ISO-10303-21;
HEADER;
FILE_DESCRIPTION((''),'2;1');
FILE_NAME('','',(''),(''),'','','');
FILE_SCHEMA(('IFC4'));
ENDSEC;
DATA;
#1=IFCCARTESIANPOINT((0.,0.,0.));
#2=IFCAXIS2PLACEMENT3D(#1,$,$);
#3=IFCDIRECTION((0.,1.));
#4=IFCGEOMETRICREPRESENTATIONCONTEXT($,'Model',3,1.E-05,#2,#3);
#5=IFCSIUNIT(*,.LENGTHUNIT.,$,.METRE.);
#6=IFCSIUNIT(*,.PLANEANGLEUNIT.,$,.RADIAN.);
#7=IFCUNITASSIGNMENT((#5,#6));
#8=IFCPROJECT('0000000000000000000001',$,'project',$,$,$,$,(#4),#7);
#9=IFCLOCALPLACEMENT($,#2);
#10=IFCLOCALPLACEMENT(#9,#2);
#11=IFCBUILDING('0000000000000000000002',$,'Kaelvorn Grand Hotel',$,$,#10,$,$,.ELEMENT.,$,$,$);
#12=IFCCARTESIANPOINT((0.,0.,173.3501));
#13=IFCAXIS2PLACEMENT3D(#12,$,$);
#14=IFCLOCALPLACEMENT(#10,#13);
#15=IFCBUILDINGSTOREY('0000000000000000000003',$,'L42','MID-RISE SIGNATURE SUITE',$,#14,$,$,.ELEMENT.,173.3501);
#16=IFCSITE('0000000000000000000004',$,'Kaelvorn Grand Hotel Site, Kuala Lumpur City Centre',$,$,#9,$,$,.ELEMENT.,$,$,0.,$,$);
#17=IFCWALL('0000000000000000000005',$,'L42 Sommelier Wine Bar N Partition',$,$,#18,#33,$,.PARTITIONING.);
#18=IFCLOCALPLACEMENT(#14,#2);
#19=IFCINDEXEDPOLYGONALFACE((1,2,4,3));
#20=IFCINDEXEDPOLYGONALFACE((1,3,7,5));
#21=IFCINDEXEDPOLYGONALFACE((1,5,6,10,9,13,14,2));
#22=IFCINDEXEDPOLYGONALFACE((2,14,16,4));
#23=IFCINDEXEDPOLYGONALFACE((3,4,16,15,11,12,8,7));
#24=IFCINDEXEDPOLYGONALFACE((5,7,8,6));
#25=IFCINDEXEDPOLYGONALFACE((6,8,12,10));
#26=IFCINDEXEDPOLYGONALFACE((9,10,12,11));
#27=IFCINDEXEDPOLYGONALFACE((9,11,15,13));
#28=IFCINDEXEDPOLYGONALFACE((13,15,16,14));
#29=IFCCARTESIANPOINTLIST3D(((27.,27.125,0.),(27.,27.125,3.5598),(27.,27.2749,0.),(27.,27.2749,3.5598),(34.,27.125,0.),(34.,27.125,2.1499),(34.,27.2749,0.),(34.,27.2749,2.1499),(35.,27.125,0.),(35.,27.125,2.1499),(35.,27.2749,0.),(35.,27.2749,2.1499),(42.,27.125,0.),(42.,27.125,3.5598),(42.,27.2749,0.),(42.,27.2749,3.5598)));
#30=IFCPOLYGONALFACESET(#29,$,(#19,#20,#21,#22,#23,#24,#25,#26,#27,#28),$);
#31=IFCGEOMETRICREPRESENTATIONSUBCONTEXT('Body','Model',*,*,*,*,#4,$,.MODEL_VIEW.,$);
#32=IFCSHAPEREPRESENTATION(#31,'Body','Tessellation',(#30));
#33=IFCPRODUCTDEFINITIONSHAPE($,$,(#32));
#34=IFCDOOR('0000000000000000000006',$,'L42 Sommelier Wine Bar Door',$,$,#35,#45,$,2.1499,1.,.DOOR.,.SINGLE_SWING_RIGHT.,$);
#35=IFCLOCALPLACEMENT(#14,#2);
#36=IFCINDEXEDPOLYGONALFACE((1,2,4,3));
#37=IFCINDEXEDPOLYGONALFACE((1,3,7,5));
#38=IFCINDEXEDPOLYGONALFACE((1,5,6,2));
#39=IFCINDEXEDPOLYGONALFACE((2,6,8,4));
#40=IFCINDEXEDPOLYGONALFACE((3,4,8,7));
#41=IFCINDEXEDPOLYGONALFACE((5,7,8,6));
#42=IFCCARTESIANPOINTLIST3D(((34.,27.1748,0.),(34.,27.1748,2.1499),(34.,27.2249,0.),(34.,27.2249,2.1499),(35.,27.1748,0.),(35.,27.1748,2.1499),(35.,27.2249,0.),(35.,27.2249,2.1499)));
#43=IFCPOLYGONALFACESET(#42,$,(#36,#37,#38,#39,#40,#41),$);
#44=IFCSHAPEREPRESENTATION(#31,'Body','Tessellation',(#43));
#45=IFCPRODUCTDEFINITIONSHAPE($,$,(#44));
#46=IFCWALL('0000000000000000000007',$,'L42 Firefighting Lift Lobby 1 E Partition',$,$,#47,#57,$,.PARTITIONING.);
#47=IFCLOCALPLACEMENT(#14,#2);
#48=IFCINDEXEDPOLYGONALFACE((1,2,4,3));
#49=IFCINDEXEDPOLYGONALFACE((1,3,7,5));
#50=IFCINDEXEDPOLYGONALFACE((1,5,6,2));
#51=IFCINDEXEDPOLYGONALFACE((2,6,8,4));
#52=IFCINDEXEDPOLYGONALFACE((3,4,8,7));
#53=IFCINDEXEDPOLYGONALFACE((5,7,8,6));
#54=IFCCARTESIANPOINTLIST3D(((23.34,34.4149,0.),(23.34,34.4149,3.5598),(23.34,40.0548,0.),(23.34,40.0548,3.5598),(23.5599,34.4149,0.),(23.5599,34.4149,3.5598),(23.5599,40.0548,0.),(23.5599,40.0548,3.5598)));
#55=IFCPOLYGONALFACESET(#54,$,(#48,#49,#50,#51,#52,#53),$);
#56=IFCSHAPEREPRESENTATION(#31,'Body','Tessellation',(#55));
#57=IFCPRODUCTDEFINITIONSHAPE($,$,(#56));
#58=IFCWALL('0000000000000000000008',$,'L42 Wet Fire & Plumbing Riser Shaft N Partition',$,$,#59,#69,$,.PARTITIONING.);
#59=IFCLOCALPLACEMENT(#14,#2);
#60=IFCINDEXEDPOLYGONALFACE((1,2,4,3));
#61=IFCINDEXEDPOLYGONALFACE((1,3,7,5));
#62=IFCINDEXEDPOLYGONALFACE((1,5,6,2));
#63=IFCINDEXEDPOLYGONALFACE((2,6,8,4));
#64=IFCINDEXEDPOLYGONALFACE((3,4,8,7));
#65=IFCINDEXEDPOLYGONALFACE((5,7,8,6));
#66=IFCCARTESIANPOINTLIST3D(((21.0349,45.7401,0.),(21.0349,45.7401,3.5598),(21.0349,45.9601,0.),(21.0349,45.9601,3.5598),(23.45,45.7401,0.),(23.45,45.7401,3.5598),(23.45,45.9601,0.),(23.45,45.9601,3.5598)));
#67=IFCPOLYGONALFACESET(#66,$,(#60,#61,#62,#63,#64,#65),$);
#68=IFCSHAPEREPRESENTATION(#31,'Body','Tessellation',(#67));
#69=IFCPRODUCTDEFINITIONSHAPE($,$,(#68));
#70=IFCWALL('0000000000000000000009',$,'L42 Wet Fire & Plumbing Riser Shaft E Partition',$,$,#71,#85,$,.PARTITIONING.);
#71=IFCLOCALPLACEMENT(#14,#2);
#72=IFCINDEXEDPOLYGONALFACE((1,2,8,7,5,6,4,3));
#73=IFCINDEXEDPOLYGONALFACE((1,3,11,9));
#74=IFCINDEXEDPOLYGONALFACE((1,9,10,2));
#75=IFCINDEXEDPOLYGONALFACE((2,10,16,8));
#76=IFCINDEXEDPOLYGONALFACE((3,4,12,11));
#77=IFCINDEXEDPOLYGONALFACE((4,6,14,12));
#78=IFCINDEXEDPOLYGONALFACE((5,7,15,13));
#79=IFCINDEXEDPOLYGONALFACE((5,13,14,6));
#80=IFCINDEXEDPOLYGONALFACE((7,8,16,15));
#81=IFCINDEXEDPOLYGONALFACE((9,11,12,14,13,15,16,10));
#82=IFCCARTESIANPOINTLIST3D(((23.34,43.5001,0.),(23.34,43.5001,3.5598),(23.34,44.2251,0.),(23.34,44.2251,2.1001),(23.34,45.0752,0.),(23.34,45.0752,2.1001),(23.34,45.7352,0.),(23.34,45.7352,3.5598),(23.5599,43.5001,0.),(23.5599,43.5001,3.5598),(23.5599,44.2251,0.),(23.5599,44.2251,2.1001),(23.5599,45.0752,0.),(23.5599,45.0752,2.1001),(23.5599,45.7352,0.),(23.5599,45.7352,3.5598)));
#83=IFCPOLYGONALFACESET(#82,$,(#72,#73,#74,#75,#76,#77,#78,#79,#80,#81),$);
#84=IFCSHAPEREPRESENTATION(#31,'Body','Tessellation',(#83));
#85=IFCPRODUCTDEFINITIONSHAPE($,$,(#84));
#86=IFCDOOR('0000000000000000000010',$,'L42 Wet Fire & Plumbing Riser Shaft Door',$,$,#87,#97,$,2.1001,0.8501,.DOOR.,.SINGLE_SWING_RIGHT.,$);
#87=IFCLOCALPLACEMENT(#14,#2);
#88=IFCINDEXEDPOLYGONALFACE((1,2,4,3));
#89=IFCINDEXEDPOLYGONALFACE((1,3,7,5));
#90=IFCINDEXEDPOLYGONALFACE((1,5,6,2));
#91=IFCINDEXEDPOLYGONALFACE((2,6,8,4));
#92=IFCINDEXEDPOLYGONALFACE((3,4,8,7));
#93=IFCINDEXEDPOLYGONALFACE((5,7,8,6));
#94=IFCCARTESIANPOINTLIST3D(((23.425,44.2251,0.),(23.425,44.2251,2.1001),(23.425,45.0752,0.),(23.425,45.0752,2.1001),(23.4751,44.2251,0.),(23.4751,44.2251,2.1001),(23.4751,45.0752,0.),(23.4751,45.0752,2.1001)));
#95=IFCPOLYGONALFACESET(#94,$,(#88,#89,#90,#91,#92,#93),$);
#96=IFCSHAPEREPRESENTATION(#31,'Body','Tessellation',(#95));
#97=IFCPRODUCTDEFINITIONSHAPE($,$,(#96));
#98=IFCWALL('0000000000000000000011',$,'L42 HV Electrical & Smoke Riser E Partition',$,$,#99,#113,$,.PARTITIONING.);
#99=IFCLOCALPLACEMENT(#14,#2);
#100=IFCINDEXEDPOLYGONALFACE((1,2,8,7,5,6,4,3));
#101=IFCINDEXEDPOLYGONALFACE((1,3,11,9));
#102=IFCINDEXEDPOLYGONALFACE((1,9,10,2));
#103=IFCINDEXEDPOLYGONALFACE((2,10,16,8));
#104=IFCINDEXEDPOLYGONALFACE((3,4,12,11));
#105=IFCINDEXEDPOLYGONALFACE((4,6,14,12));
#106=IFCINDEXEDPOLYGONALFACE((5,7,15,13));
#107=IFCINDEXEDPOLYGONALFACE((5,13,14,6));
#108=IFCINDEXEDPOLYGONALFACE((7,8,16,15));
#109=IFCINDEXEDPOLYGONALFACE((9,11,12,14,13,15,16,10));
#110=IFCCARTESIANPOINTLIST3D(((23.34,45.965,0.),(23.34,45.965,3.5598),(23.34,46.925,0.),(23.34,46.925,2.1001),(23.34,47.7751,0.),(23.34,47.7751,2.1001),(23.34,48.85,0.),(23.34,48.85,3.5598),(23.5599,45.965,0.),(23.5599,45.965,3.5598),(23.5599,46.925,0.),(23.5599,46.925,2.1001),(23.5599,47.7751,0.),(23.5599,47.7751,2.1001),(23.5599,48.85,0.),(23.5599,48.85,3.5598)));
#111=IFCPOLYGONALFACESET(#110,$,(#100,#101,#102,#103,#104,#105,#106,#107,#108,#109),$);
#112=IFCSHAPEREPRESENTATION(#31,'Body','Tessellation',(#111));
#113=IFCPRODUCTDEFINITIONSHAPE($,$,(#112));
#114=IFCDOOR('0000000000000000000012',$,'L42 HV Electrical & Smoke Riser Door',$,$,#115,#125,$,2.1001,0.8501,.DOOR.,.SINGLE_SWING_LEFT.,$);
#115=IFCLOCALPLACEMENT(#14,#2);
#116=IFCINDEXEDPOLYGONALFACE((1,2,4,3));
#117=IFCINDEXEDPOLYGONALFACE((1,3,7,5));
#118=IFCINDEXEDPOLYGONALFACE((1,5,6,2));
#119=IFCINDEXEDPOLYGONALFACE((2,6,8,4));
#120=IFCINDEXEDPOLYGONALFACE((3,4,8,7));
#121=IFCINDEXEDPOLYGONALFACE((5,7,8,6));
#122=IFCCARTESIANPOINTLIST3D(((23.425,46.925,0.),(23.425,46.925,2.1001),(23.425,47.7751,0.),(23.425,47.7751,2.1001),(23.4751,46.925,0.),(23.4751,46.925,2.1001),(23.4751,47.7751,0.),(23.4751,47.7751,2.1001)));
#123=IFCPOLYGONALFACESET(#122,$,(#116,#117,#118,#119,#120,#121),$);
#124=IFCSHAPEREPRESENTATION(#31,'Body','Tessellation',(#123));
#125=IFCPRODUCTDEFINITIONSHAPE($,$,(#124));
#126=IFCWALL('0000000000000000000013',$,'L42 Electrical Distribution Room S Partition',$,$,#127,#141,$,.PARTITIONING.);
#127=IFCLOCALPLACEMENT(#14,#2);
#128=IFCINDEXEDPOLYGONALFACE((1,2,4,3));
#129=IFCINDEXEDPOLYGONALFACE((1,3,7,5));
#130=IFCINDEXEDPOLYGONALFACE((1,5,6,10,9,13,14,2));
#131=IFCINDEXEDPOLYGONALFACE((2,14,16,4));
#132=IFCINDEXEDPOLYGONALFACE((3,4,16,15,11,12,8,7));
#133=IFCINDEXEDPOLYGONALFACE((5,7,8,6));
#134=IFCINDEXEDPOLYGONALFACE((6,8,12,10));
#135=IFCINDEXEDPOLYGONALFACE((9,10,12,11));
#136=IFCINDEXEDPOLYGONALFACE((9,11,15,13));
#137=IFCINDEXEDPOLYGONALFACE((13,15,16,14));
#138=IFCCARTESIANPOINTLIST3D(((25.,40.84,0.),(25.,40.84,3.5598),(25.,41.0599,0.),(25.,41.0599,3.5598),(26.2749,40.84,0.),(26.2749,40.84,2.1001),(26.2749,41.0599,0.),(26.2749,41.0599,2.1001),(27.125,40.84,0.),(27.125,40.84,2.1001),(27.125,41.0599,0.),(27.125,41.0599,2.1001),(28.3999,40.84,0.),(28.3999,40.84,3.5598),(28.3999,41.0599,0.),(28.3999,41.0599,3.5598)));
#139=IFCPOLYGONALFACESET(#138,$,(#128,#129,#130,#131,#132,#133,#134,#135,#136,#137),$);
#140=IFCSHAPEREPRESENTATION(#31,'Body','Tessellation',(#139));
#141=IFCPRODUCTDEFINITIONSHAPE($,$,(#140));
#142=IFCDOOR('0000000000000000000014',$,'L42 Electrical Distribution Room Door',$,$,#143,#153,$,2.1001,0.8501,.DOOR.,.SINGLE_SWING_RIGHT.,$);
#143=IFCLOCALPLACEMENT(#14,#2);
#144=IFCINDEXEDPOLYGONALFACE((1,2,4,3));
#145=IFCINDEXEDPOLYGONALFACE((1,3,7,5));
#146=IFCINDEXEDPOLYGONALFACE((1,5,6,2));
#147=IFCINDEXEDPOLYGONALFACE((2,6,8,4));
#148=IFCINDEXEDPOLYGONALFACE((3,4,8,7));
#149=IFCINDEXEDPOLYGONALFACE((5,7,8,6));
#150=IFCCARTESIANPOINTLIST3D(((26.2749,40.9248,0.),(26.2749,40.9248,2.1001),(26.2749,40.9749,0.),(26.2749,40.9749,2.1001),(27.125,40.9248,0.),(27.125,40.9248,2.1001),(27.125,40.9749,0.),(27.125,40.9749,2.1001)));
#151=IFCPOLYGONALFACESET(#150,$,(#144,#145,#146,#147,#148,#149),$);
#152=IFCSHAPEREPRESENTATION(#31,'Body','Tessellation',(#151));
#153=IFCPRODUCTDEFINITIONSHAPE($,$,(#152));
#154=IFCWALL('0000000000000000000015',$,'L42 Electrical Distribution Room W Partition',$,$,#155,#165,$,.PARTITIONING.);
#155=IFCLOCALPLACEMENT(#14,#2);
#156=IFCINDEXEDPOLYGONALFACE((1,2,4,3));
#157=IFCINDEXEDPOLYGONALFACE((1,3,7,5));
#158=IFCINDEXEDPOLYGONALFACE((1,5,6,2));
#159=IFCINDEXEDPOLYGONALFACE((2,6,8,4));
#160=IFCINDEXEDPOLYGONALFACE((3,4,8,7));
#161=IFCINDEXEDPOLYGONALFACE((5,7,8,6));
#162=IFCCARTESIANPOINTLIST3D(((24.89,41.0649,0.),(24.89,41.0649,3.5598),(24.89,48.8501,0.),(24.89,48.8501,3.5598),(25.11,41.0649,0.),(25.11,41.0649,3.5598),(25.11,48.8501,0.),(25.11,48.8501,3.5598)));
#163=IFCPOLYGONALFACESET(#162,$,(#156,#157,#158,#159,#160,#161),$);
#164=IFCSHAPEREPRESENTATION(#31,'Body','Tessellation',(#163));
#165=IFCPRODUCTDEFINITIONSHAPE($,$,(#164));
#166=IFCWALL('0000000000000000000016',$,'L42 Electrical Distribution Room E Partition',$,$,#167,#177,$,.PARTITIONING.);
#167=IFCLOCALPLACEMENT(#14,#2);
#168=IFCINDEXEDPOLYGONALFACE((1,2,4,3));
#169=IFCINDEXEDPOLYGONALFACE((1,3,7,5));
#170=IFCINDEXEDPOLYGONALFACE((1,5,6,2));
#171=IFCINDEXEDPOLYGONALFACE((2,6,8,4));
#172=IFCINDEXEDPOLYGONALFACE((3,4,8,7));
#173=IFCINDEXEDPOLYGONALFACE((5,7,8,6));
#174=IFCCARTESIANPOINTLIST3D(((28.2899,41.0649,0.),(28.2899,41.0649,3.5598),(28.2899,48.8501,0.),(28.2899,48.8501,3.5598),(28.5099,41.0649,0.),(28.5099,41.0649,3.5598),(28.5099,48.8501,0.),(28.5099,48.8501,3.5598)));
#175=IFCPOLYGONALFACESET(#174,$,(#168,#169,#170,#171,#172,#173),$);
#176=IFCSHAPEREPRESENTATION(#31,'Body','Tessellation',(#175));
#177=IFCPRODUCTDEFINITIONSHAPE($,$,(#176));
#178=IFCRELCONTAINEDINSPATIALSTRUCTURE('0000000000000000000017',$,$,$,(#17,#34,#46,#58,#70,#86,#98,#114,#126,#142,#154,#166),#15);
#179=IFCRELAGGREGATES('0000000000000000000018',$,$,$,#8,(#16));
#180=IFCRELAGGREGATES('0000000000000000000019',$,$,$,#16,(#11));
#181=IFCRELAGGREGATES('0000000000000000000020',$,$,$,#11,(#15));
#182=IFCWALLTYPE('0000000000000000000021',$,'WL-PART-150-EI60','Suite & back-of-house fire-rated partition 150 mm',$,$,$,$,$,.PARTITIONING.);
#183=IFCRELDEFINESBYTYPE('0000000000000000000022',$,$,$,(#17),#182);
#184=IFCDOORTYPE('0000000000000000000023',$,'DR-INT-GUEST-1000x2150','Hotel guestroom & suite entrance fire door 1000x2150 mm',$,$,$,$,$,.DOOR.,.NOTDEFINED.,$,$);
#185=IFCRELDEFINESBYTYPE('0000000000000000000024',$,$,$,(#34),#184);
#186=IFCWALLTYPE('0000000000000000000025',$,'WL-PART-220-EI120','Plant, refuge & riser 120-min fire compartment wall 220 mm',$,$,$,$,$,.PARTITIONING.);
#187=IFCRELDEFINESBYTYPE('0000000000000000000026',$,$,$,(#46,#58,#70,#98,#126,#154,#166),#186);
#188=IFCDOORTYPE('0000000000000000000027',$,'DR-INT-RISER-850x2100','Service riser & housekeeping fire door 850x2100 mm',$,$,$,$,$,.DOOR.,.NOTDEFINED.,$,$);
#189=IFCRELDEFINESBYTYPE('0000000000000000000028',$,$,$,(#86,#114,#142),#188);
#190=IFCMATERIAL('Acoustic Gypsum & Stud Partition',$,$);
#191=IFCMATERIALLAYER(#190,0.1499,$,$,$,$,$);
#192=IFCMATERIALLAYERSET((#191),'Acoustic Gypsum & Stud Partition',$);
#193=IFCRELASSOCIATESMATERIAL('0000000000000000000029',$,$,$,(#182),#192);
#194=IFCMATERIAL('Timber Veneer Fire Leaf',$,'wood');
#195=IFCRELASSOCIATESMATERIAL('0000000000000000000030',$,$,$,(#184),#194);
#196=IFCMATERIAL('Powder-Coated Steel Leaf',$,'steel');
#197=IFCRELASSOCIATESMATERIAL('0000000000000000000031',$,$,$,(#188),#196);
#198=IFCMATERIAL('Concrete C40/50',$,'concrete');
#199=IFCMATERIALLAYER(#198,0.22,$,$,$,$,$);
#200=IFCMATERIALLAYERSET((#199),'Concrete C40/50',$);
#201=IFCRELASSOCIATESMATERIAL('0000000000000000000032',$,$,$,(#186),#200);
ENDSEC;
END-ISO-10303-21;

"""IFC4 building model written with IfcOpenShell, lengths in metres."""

from ifc_helpers import new_model, si_unit, direction, frame, frame_2d, origin, place, context, subcontext, project, spatial, rectangle, extrude, material, layer, layer_set, type_object, element, fill, save


model = new_model("IFC4")

# Units and contexts
model_context = context("Model", 3, precision=1e-05, world=origin(), true_north=direction((0.0, 1.0)))
body_context = subcontext(model_context, "Body", "Model", "MODEL_VIEW")
ifc_project = project(units=[si_unit("LENGTHUNIT", "METRE"), si_unit("PLANEANGLEUNIT", "RADIAN")], contexts=[model_context])

# Site, building, storey
site_placement = place(None, origin())
site = spatial("IfcSite", under=ifc_project, at=site_placement, Name="Kaelvorn Grand Hotel Site, Kuala Lumpur City Centre", CompositionType="ELEMENT", RefElevation=0.0)
building_placement = place(site_placement, origin())
building = spatial("IfcBuilding", under=site, at=building_placement, Name="Kaelvorn Grand Hotel", CompositionType="ELEMENT")
storey_placement = place(building_placement, frame((0.0, 0.0, 173.3501)))
storey = spatial("IfcBuildingStorey", under=building, at=storey_placement, Name="L42", Description="MID-RISE SIGNATURE SUITE", CompositionType="ELEMENT", Elevation=173.3501)

# Shared definitions
ifc_material_1 = material(Name="Acoustic Gypsum & Stud Partition")
ifc_layer_1 = layer(ifc_material_1, 0.1499)
ifc_layer_set_1 = layer_set([ifc_layer_1], Name="Acoustic Gypsum & Stud Partition")
wall_type_1 = type_object("IfcWallType", Name="WL-PART-150-EI60", Description="Suite & back-of-house fire-rated partition 150 mm", PredefinedType="PARTITIONING", material=ifc_layer_set_1)
ifc_material_2 = material(Name="Timber Veneer Fire Leaf", Category="wood")
door_type_1 = type_object("IfcDoorType", Name="DR-INT-GUEST-1000x2150", Description="Hotel guestroom & suite entrance fire door 1000x2150 mm", OperationType="NOTDEFINED", PredefinedType="DOOR", material=ifc_material_2)

# Wall, opening, door
ifc_material_3 = material(Name="Powder-Coated Steel Leaf", Category="steel")
door_type_2 = type_object("IfcDoorType", Name="DR-INT-RISER-850x2100", Description="Service riser & housekeeping fire door 850x2100 mm", OperationType="NOTDEFINED", PredefinedType="DOOR", material=ifc_material_3)
wall_1_placement = place(storey_placement, frame((27.0, 27.2, 0.0), z_axis=(0.0, 0.0, 1.0), x_axis=(1.0, 0.0, 0.0)))
wall_1 = element("IfcWall", 1, at=wall_1_placement, inside=storey, type_object=wall_type_1, Name="L42 Sommelier Wine Bar N Partition", PredefinedType="PARTITIONING", context=body_context, shape_type="SweptSolid", body=[
    extrude(rectangle(XDim=15.0, YDim=0.1499, at=frame_2d((7.5, 0.0))), origin(), (0.0, 0.0, 1.0), 3.5598),
])
opening_1_placement = place(wall_1_placement, frame((7.0, 0.0, 0.0)))
opening_1 = element("IfcOpeningElement", 2, at=opening_1_placement, cuts=wall_1, PredefinedType="OPENING", context=body_context, shape_type="SweptSolid", body=[
    extrude(rectangle(XDim=1.0, YDim=2.1499, at=frame_2d((0.5, 1.075))), frame((0.0, 0.085, 0.0), z_axis=(0.0, -1.0, 0.0), x_axis=(1.0, 0.0, 0.0)), (0.0, 0.0, 1.0), 0.1699),
])
door_1_placement = place(opening_1_placement, origin())
door_1 = element("IfcDoor", 3, at=door_1_placement, inside=storey, type_object=door_type_1, Name="L42 Sommelier Wine Bar Door", OperationType="SINGLE_SWING_RIGHT", OverallHeight=2.1499, OverallWidth=1.0, PredefinedType="DOOR", context=body_context, shape_type="SweptSolid", body=[
    extrude(rectangle(XDim=1.0, YDim=2.1499, at=frame_2d((0.5, 1.075))), frame((0.0, 0.0249, 0.0), z_axis=(0.0, -1.0, 0.0), x_axis=(1.0, 0.0, 0.0)), (0.0, 0.0, 1.0), 0.05),
])
fill(opening_1, door_1)

# Walls
ifc_material_4 = material(Name="Concrete C40/50", Category="concrete")
ifc_layer_2 = layer(ifc_material_4, 0.22)
ifc_layer_set_2 = layer_set([ifc_layer_2], Name="Concrete C40/50")
wall_type_2 = type_object("IfcWallType", Name="WL-PART-220-EI120", Description="Plant, refuge & riser 120-min fire compartment wall 220 mm", PredefinedType="PARTITIONING", material=ifc_layer_set_2)
wall_2_placement = place(storey_placement, frame((23.45, 34.415, 0.0), z_axis=(0.0, 0.0, 1.0), x_axis=(0.0, 1.0, 0.0)))
element("IfcWall", 4, at=wall_2_placement, inside=storey, type_object=wall_type_2, Name="L42 Firefighting Lift Lobby 1 E Partition", PredefinedType="PARTITIONING", context=body_context, shape_type="SweptSolid", body=[
    extrude(rectangle(XDim=5.6399, YDim=0.22, at=frame_2d((2.8198, 0.0))), origin(), (0.0, 0.0, 1.0), 3.5598),
])
wall_3_placement = place(storey_placement, frame((21.0349, 45.8501, 0.0), z_axis=(0.0, 0.0, 1.0), x_axis=(1.0, 0.0, 0.0)))
element("IfcWall", 5, at=wall_3_placement, inside=storey, type_object=wall_type_2, Name="L42 Wet Fire & Plumbing Riser Shaft N Partition", PredefinedType="PARTITIONING", context=body_context, shape_type="SweptSolid", body=[
    extrude(rectangle(XDim=2.415, YDim=0.22, at=frame_2d((1.2075, 0.0))), origin(), (0.0, 0.0, 1.0), 3.5598),
])

# Walls, openings, doors
wall_4_placement = place(storey_placement, frame((23.45, 43.5, 0.0), z_axis=(0.0, 0.0, 1.0), x_axis=(0.0, 1.0, 0.0)))
wall_4 = element("IfcWall", 6, at=wall_4_placement, inside=storey, type_object=wall_type_2, Name="L42 Wet Fire & Plumbing Riser Shaft E Partition", PredefinedType="PARTITIONING", context=body_context, shape_type="SweptSolid", body=[
    extrude(rectangle(XDim=2.2351, YDim=0.22, at=frame_2d((1.1177, 0.0))), origin(), (0.0, 0.0, 1.0), 3.5598),
])
opening_2_placement = place(wall_4_placement, frame((0.7251, 0.0, 0.0)))
opening_2 = element("IfcOpeningElement", 7, at=opening_2_placement, cuts=wall_4, PredefinedType="OPENING", context=body_context, shape_type="SweptSolid", body=[
    extrude(rectangle(XDim=0.8501, YDim=2.1001, at=frame_2d((0.425, 1.05))), frame((0.0, 0.1201, 0.0), z_axis=(0.0, -1.0, 0.0), x_axis=(1.0, 0.0, 0.0)), (0.0, 0.0, 1.0), 0.24),
])
door_2_placement = place(opening_2_placement, origin())
door_2 = element("IfcDoor", 8, at=door_2_placement, inside=storey, type_object=door_type_2, Name="L42 Wet Fire & Plumbing Riser Shaft Door", OperationType="SINGLE_SWING_RIGHT", OverallHeight=2.1001, OverallWidth=0.8501, PredefinedType="DOOR", context=body_context, shape_type="SweptSolid", body=[
    extrude(rectangle(XDim=0.8501, YDim=2.1001, at=frame_2d((0.425, 1.05))), frame((0.0, 0.0249, 0.0), z_axis=(0.0, -1.0, 0.0), x_axis=(1.0, 0.0, 0.0)), (0.0, 0.0, 1.0), 0.05),
])
fill(opening_2, door_2)
wall_5_placement = place(storey_placement, frame((23.45, 45.9651, 0.0), z_axis=(0.0, 0.0, 1.0), x_axis=(0.0, 1.0, 0.0)))
wall_5 = element("IfcWall", 9, at=wall_5_placement, inside=storey, type_object=wall_type_2, Name="L42 HV Electrical & Smoke Riser E Partition", PredefinedType="PARTITIONING", context=body_context, shape_type="SweptSolid", body=[
    extrude(rectangle(XDim=2.885, YDim=0.22, at=frame_2d((1.4424, 0.0))), origin(), (0.0, 0.0, 1.0), 3.5598),
])
opening_3_placement = place(wall_5_placement, frame((0.96, 0.0, 0.0)))
opening_3 = element("IfcOpeningElement", 10, at=opening_3_placement, cuts=wall_5, PredefinedType="OPENING", context=body_context, shape_type="SweptSolid", body=[
    extrude(rectangle(XDim=0.8501, YDim=2.1001, at=frame_2d((0.425, 1.05))), frame((0.0, 0.1201, 0.0), z_axis=(0.0, -1.0, 0.0), x_axis=(1.0, 0.0, 0.0)), (0.0, 0.0, 1.0), 0.24),
])
door_3_placement = place(opening_3_placement, origin())
door_3 = element("IfcDoor", 11, at=door_3_placement, inside=storey, type_object=door_type_2, Name="L42 HV Electrical & Smoke Riser Door", OperationType="SINGLE_SWING_LEFT", OverallHeight=2.1001, OverallWidth=0.8501, PredefinedType="DOOR", context=body_context, shape_type="SweptSolid", body=[
    extrude(rectangle(XDim=0.8501, YDim=2.1001, at=frame_2d((0.425, 1.05))), frame((0.0, 0.0249, 0.0), z_axis=(0.0, -1.0, 0.0), x_axis=(1.0, 0.0, 0.0)), (0.0, 0.0, 1.0), 0.05),
])
fill(opening_3, door_3)
wall_6_placement = place(storey_placement, frame((25.0, 40.95, 0.0), z_axis=(0.0, 0.0, 1.0), x_axis=(1.0, 0.0, 0.0)))
wall_6 = element("IfcWall", 12, at=wall_6_placement, inside=storey, type_object=wall_type_2, Name="L42 Electrical Distribution Room S Partition", PredefinedType="PARTITIONING", context=body_context, shape_type="SweptSolid", body=[
    extrude(rectangle(XDim=3.3999, YDim=0.22, at=frame_2d((1.7, 0.0))), origin(), (0.0, 0.0, 1.0), 3.5598),
])
opening_4_placement = place(wall_6_placement, frame((1.2749, 0.0, 0.0)))
opening_4 = element("IfcOpeningElement", 13, at=opening_4_placement, cuts=wall_6, PredefinedType="OPENING", context=body_context, shape_type="SweptSolid", body=[
    extrude(rectangle(XDim=0.8501, YDim=2.1001, at=frame_2d((0.425, 1.05))), frame((0.0, 0.1201, 0.0), z_axis=(0.0, -1.0, 0.0), x_axis=(1.0, 0.0, 0.0)), (0.0, 0.0, 1.0), 0.24),
])
door_4_placement = place(opening_4_placement, origin())
door_4 = element("IfcDoor", 14, at=door_4_placement, inside=storey, type_object=door_type_2, Name="L42 Electrical Distribution Room Door", OperationType="SINGLE_SWING_RIGHT", OverallHeight=2.1001, OverallWidth=0.8501, PredefinedType="DOOR", context=body_context, shape_type="SweptSolid", body=[
    extrude(rectangle(XDim=0.8501, YDim=2.1001, at=frame_2d((0.425, 1.05))), frame((0.0, 0.0249, 0.0), z_axis=(0.0, -1.0, 0.0), x_axis=(1.0, 0.0, 0.0)), (0.0, 0.0, 1.0), 0.05),
])
fill(opening_4, door_4)

# Walls
for number, where, z_axis, x_axis, name in (
    (15, (25.0, 41.0649, 0.0), (0.0, 0.0, 1.0), (0.0, 1.0, 0.0), "L42 Electrical Distribution Room W Partition"),
    (16, (28.3999, 41.0649, 0.0), (0.0, 0.0, 1.0), (0.0, 1.0, 0.0), "L42 Electrical Distribution Room E Partition"),
):
    element("IfcWall", number, at=place(storey_placement, frame(where, z_axis=z_axis, x_axis=x_axis)), inside=storey, type_object=wall_type_2, Name=name, PredefinedType="PARTITIONING", context=body_context, shape_type="SweptSolid", body=[
        extrude(rectangle(XDim=7.7852, YDim=0.22, at=frame_2d((3.8926, 0.0))), origin(), (0.0, 0.0, 1.0), 3.5598),
    ])

save(model, "model.ifc")
